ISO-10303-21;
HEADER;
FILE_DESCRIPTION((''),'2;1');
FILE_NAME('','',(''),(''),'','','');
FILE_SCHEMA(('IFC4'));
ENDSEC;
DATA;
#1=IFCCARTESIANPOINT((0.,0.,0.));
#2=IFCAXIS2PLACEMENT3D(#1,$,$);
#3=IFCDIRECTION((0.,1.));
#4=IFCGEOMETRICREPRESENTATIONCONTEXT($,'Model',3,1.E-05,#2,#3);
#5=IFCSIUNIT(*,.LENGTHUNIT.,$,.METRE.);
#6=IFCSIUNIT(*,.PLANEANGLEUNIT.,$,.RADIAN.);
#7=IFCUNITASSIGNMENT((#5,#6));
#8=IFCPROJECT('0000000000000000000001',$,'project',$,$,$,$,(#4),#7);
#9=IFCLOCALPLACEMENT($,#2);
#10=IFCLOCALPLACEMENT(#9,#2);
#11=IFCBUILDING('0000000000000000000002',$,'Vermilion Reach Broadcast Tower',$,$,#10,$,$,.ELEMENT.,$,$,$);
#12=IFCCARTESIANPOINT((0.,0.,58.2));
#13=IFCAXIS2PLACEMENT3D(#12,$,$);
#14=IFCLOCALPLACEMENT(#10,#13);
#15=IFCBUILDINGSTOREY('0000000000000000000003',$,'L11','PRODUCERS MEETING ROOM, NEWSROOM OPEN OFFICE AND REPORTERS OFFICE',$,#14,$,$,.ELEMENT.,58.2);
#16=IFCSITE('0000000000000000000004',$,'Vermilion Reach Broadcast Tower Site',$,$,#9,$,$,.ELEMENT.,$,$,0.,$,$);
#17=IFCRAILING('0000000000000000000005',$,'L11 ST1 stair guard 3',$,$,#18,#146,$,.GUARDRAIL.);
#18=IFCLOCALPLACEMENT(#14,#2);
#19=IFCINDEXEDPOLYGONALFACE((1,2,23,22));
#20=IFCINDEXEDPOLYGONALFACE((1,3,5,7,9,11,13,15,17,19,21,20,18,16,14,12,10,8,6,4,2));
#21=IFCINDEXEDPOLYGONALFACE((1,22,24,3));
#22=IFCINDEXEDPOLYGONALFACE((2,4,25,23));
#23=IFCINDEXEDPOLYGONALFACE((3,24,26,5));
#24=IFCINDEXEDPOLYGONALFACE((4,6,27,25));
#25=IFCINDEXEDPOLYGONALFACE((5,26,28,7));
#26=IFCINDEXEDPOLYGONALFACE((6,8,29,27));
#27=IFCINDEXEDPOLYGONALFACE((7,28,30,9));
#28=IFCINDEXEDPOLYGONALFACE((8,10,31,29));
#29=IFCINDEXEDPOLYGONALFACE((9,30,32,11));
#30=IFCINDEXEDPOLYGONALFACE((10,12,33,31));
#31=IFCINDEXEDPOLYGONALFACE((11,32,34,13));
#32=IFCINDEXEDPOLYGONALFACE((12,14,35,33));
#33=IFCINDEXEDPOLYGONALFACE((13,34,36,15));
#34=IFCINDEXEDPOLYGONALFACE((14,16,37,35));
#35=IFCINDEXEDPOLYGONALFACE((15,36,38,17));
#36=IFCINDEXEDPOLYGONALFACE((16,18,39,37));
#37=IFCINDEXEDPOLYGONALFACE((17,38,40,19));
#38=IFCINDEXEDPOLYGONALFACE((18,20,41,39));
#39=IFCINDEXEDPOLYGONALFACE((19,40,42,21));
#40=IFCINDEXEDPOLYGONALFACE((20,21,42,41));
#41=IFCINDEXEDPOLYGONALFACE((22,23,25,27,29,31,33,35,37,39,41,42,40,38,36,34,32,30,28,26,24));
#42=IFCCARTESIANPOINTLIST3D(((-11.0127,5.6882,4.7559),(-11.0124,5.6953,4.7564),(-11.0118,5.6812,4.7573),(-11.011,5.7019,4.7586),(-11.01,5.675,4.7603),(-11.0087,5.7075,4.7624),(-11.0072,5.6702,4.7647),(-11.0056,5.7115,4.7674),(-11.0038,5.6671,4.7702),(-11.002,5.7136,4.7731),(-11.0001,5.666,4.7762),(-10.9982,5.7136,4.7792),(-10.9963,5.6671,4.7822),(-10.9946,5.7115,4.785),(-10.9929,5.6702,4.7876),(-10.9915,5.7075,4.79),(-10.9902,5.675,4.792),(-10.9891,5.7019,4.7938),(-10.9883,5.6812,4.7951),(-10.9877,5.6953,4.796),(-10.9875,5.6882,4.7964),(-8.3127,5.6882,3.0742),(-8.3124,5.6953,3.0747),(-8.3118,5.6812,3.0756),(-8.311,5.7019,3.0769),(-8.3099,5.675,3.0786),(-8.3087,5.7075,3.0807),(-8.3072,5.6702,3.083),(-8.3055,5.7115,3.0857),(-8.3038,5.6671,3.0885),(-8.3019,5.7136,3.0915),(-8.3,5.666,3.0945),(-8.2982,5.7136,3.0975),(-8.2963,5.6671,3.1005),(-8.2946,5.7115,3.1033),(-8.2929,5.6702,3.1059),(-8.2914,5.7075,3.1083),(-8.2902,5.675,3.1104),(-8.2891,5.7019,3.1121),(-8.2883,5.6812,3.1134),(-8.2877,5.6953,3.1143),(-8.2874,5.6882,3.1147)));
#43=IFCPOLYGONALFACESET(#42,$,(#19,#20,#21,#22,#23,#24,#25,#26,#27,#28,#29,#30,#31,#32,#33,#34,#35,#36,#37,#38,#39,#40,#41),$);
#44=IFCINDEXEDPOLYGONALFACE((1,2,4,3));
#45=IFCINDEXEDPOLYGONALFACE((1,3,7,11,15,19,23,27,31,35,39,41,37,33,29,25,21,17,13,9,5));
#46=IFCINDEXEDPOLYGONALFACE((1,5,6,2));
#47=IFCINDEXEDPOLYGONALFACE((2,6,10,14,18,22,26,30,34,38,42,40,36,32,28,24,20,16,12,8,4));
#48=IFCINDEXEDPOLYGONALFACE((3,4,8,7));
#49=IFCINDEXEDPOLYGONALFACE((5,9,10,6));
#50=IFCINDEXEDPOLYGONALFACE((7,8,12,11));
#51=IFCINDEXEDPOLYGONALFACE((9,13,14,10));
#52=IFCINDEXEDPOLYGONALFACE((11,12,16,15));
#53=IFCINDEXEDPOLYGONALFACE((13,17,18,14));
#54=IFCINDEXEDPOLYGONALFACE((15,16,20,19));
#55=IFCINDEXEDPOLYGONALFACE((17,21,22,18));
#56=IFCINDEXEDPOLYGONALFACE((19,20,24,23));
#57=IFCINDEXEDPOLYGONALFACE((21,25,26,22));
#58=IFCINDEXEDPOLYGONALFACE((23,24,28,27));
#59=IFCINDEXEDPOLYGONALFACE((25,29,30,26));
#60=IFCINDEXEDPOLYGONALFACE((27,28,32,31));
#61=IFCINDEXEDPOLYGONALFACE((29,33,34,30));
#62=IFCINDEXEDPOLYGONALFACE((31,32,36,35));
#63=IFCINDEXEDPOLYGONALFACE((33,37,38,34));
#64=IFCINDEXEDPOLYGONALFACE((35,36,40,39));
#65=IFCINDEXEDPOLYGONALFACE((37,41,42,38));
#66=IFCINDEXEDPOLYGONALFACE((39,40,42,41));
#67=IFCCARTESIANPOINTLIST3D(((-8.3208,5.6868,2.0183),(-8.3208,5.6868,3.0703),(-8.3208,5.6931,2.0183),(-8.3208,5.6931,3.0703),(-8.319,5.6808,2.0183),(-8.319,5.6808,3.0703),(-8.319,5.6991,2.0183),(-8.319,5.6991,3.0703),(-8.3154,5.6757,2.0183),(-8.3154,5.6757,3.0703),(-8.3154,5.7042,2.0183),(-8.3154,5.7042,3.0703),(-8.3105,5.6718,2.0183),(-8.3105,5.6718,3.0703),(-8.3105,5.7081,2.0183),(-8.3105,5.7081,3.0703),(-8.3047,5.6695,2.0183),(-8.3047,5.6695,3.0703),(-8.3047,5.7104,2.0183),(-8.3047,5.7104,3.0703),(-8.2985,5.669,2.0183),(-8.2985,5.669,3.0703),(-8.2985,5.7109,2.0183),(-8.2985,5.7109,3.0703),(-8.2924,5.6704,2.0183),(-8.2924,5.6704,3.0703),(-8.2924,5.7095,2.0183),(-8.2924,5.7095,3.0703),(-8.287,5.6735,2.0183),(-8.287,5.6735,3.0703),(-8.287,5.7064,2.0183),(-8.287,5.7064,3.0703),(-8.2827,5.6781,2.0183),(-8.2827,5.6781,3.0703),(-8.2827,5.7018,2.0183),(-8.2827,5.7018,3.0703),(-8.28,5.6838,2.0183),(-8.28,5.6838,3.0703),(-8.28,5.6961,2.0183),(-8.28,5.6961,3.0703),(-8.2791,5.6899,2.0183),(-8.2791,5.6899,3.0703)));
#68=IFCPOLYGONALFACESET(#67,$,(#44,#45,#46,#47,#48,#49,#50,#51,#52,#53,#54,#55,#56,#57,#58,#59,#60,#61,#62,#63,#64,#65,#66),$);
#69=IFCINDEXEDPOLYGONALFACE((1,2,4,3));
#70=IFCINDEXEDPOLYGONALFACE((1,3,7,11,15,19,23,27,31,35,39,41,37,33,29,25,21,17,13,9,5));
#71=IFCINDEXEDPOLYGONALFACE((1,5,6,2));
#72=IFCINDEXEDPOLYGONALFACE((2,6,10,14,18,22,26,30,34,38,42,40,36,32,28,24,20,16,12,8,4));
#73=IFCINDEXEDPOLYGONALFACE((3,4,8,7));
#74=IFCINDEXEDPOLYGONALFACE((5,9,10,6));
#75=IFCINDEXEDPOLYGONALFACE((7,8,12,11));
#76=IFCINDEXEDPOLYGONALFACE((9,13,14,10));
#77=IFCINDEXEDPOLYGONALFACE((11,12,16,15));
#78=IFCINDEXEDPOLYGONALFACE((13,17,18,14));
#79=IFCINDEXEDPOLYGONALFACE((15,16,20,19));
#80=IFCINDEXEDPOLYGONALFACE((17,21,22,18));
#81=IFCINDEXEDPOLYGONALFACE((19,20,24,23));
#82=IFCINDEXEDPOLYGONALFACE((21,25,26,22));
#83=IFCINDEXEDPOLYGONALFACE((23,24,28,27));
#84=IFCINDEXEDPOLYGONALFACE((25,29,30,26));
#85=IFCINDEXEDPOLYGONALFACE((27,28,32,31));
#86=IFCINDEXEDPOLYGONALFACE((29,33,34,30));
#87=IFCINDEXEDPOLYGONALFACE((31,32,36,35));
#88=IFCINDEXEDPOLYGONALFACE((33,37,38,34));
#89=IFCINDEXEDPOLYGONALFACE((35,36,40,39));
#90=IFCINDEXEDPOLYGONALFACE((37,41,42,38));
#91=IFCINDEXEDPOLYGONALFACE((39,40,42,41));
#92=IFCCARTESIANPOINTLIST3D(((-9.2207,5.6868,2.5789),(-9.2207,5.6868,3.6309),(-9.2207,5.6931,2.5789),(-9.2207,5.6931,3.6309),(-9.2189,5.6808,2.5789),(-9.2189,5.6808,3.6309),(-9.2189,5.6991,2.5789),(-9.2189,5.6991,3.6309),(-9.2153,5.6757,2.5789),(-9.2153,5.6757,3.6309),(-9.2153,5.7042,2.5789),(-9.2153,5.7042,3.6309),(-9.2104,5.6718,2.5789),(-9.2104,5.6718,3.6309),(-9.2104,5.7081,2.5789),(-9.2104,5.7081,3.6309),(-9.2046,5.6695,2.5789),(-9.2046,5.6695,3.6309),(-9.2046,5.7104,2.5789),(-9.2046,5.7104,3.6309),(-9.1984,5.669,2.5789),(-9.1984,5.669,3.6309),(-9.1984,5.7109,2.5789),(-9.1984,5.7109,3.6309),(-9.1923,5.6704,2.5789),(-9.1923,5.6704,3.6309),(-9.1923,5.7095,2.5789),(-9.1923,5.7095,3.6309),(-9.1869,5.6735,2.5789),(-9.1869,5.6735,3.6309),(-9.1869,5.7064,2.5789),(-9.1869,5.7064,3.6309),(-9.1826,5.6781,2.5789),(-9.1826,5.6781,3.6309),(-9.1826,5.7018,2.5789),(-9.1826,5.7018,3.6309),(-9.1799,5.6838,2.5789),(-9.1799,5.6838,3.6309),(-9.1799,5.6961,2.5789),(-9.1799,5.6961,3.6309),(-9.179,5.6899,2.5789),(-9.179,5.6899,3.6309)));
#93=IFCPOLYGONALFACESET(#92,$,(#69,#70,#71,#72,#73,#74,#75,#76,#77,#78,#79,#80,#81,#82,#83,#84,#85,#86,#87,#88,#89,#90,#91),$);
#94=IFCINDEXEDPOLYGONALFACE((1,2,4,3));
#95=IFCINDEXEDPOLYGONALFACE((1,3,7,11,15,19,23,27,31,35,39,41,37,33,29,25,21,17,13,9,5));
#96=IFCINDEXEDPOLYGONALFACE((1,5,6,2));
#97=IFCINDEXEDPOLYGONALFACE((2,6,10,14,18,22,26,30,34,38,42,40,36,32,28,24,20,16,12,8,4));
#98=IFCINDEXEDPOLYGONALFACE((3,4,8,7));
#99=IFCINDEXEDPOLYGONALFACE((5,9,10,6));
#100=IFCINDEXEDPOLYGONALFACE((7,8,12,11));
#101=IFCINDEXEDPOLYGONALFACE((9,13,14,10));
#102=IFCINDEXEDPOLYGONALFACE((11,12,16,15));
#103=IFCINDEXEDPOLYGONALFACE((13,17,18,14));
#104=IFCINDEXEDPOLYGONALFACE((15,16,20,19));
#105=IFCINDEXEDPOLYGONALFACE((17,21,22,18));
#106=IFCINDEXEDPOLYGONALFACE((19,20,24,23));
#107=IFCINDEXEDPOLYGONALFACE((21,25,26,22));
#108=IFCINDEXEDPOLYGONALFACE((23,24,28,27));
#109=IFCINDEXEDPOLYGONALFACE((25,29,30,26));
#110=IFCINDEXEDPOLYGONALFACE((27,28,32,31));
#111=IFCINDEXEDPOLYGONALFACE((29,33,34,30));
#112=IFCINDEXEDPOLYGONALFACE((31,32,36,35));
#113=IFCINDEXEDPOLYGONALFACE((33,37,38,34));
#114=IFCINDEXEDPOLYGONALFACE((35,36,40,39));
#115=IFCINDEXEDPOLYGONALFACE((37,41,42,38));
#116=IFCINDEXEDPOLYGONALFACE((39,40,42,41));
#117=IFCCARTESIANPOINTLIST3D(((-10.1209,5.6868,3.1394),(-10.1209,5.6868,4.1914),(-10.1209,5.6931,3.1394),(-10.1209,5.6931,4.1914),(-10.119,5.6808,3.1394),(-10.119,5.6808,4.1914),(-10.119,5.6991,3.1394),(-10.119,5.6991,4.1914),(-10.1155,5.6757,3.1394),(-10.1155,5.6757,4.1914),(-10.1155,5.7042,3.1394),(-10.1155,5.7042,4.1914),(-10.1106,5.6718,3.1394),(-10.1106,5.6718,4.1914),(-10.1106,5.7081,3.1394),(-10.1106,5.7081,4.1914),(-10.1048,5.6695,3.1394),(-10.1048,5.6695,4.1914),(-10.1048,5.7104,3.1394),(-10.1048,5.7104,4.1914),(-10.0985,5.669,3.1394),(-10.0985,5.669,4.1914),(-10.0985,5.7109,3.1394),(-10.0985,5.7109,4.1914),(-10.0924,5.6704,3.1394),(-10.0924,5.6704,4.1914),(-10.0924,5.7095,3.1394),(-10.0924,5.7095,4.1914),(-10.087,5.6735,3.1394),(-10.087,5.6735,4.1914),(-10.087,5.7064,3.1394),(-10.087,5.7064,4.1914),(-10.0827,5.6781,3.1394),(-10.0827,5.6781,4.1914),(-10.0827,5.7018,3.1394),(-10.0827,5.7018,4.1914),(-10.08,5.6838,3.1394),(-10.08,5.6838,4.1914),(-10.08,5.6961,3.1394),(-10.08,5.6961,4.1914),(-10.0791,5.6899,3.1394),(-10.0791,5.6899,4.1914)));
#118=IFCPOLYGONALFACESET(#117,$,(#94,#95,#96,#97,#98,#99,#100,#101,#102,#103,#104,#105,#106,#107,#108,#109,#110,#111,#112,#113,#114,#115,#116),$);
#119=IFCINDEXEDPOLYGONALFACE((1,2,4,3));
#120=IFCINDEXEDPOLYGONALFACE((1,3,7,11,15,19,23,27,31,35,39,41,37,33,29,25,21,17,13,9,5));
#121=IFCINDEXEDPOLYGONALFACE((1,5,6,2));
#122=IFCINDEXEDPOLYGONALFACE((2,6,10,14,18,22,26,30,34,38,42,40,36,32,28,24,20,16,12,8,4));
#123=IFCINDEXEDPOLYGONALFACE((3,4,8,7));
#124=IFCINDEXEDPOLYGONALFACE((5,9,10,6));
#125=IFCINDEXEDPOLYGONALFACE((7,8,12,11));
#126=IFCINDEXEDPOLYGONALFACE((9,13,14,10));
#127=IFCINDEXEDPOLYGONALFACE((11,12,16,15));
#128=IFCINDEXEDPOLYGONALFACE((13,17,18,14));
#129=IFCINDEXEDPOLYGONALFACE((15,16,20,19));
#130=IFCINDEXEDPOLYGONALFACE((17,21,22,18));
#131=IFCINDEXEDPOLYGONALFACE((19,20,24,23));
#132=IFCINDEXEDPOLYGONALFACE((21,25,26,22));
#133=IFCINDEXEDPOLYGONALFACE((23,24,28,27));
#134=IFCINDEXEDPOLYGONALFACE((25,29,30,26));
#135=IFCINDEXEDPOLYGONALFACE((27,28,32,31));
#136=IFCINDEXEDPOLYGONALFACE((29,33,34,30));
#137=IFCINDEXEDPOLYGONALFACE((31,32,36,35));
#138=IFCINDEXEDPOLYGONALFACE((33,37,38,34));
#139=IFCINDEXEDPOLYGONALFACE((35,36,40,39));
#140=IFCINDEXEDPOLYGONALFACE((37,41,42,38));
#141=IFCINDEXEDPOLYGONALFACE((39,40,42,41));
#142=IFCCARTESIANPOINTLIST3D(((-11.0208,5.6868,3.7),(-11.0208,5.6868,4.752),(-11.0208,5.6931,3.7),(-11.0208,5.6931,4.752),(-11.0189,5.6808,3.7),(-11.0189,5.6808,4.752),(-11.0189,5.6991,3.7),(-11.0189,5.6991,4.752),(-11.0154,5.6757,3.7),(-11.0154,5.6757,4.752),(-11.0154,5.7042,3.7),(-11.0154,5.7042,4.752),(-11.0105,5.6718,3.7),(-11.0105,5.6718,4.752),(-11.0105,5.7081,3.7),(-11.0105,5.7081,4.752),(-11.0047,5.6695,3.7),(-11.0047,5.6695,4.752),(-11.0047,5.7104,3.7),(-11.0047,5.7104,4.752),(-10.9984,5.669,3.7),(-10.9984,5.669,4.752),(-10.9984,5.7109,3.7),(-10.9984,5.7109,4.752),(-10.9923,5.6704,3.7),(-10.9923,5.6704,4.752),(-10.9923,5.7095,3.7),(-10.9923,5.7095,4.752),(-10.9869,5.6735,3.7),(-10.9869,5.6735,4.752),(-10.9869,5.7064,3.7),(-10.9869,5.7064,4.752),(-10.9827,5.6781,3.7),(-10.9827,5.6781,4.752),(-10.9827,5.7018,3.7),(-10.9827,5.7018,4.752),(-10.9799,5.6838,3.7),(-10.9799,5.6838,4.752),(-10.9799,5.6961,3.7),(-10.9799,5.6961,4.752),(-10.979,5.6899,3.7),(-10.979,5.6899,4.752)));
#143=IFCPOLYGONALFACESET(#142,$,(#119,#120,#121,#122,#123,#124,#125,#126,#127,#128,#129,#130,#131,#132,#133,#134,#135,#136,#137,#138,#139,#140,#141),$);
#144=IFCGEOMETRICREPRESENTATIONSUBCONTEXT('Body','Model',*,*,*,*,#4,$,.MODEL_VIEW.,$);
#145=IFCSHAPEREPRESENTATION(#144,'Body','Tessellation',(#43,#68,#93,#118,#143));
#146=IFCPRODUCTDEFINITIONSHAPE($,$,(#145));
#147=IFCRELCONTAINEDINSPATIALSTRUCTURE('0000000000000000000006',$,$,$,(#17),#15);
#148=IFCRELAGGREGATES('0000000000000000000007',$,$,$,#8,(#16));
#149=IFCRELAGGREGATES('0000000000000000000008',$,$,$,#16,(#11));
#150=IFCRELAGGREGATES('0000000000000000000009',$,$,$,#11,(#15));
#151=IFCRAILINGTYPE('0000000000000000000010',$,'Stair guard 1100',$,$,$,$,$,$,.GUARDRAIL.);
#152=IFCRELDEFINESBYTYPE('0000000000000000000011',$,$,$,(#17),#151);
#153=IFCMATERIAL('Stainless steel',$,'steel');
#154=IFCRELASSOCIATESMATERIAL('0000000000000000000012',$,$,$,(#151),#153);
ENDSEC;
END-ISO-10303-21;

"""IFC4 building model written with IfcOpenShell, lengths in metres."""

from ifc_helpers import new_model, si_unit, direction, frame, origin, origin_2d, place, context, subcontext, project, spatial, circle, extrude, material, type_object, element, save


model = new_model("IFC4")

# Units and contexts
model_context = context("Model", 3, precision=1e-05, world=origin(), true_north=direction((0.0, 1.0)))
body_context = subcontext(model_context, "Body", "Model", "MODEL_VIEW")
ifc_project = project(units=[si_unit("LENGTHUNIT", "METRE"), si_unit("PLANEANGLEUNIT", "RADIAN")], contexts=[model_context])

# Site, building, storey
site_placement = place(None, origin())
site = spatial("IfcSite", under=ifc_project, at=site_placement, Name="Vermilion Reach Broadcast Tower Site", CompositionType="ELEMENT", RefElevation=0.0)
building_placement = place(site_placement, origin())
building = spatial("IfcBuilding", under=site, at=building_placement, Name="Vermilion Reach Broadcast Tower", CompositionType="ELEMENT")
storey_placement = place(building_placement, frame((0.0, 0.0, 58.2)))
storey = spatial("IfcBuildingStorey", under=building, at=storey_placement, Name="L11", Description="PRODUCERS MEETING ROOM, NEWSROOM OPEN OFFICE AND REPORTERS OFFICE", CompositionType="ELEMENT", Elevation=58.2)

# Railing
ifc_material_1 = material(Name="Stainless steel", Category="steel")
railing_type_1 = type_object("IfcRailingType", Name="Stair guard 1100", PredefinedType="GUARDRAIL", material=ifc_material_1)
railing_1_placement = place(storey_placement, frame((-8.3, 5.6899, 2.0183)))
element("IfcRailing", 1, at=railing_1_placement, inside=storey, type_object=railing_type_1, Name="L11 ST1 stair guard 3", PredefinedType="GUARDRAIL", context=body_context, shape_type="SweptSolid", body=[
    extrude(circle(Radius=0.0239, at=origin_2d()), frame((0.0, 0.0, 1.0762), z_axis=(-0.848821, 0.0, 0.528681), x_axis=(0.0, -1.0, 0.0)), (0.0, 0.0, 1.0), 3.1809),
    extrude(circle(Radius=0.021, at=origin_2d()), origin(), (0.0, 0.0, 1.0), 1.052),
    extrude(circle(Radius=0.021, at=origin_2d()), frame((-0.8999, 0.0, 0.5605)), (0.0, 0.0, 1.0), 1.052),
    extrude(circle(Radius=0.021, at=origin_2d()), frame((-1.8, 0.0, 1.1211)), (0.0, 0.0, 1.0), 1.052),
    extrude(circle(Radius=0.021, at=origin_2d()), frame((-2.7, 0.0, 1.6816)), (0.0, 0.0, 1.0), 1.052),
])

save(model, "model.ifc")
